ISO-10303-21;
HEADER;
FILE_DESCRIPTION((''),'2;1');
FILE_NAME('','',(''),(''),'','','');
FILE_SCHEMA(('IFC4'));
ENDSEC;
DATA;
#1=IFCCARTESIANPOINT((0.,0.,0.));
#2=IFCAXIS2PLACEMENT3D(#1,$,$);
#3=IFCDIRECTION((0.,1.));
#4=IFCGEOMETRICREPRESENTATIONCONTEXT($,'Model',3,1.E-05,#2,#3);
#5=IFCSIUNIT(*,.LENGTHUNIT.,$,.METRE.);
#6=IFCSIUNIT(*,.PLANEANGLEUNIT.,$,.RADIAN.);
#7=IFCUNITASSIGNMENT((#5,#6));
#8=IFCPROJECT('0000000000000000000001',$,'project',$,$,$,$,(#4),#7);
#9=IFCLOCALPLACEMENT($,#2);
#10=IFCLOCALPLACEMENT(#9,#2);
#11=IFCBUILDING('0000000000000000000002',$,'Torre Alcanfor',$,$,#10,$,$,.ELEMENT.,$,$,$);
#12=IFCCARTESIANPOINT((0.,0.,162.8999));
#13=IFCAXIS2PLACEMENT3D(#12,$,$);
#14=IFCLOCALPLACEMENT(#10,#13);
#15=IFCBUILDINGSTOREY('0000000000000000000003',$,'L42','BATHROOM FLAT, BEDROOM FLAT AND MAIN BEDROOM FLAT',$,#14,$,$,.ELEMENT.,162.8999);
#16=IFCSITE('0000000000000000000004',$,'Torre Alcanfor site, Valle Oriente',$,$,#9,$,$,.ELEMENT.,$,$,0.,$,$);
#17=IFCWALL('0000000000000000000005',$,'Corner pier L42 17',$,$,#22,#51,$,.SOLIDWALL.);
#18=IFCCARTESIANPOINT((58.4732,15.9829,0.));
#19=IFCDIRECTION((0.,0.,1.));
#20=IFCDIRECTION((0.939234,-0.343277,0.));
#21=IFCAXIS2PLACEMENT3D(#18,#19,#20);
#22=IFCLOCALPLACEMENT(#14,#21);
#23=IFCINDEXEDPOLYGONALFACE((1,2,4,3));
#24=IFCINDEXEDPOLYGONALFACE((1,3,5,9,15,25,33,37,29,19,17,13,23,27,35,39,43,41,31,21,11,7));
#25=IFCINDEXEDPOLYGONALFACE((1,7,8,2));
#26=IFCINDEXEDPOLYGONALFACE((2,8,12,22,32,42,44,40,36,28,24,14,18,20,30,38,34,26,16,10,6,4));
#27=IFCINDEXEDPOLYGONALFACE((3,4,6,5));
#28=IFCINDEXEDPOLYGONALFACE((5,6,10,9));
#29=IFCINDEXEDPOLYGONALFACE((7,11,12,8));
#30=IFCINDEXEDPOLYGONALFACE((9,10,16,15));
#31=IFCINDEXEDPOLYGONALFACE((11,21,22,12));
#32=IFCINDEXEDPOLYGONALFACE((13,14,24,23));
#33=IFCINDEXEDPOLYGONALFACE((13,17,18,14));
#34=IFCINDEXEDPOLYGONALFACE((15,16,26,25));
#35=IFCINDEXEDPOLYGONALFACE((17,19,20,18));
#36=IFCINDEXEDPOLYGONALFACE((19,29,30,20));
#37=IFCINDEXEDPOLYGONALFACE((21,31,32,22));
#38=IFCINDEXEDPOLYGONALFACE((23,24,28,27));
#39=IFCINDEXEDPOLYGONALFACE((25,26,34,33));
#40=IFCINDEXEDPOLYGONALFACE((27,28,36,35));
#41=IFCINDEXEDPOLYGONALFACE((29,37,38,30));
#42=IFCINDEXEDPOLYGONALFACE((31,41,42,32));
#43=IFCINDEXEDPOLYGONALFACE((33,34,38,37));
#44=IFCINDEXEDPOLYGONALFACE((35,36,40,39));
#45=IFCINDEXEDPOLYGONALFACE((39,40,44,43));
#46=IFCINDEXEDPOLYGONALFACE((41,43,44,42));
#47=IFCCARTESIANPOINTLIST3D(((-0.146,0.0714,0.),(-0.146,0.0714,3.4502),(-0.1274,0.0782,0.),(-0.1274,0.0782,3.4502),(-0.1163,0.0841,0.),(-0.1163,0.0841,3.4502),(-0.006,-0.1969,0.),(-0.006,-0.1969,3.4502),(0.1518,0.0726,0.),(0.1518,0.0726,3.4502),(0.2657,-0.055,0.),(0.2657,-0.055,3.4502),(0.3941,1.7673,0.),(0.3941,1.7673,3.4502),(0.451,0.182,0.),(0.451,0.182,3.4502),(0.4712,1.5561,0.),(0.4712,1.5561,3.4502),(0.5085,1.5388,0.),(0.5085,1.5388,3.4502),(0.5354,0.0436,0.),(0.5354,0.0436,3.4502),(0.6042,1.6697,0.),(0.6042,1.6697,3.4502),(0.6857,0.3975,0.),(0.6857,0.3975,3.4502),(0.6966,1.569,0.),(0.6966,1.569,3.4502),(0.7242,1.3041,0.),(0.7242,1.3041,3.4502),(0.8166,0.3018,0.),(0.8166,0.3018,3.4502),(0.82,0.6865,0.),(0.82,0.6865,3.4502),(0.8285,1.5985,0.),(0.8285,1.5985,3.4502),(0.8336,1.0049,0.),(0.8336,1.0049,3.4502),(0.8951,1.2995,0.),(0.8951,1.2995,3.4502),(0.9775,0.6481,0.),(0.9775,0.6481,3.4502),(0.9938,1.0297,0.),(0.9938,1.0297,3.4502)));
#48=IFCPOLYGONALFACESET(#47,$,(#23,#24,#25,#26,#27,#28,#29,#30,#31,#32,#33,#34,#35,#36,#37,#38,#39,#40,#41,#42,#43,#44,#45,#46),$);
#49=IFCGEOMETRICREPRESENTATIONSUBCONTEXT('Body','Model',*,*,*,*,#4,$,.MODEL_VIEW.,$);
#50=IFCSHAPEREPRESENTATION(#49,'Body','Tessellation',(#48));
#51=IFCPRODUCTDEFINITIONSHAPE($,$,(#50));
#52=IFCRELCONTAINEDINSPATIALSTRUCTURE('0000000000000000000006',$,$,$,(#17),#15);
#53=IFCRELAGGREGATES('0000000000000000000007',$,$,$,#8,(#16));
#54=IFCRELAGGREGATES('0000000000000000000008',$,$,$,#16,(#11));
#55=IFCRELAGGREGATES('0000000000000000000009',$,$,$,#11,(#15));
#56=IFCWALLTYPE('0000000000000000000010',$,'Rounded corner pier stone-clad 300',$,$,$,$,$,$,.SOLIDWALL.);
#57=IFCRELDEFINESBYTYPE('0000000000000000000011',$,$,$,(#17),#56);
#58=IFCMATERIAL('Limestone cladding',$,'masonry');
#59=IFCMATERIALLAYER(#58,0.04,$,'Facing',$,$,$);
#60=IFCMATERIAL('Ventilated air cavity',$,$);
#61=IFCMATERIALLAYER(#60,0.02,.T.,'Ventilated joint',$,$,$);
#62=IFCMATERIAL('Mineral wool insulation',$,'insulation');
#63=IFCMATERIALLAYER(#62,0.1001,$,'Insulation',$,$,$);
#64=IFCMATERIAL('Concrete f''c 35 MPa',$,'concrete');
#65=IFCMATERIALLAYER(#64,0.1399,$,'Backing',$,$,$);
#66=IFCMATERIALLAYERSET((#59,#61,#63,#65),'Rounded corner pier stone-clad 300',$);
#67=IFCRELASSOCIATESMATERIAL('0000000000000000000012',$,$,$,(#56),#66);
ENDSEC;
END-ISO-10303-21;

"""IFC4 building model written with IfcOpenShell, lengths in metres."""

from ifc_helpers import new_model, si_unit, direction, frame, origin, place, context, subcontext, project, spatial, polyline, outline, extrude, material, layer, layer_set, type_object, element, save


model = new_model("IFC4")

# Units and contexts
model_context = context("Model", 3, precision=1e-05, world=origin(), true_north=direction((0.0, 1.0)))
body_context = subcontext(model_context, "Body", "Model", "MODEL_VIEW")
ifc_project = project(units=[si_unit("LENGTHUNIT", "METRE"), si_unit("PLANEANGLEUNIT", "RADIAN")], contexts=[model_context])

# Site, building, storey
site_placement = place(None, origin())
site = spatial("IfcSite", under=ifc_project, at=site_placement, Name="Torre Alcanfor site, Valle Oriente", CompositionType="ELEMENT", RefElevation=0.0)
building_placement = place(site_placement, origin())
building = spatial("IfcBuilding", under=site, at=building_placement, Name="Torre Alcanfor", CompositionType="ELEMENT")
storey_placement = place(building_placement, frame((0.0, 0.0, 162.8999)))
storey = spatial("IfcBuildingStorey", under=building, at=storey_placement, Name="L42", Description="BATHROOM FLAT, BEDROOM FLAT AND MAIN BEDROOM FLAT", CompositionType="ELEMENT", Elevation=162.8999)

# Wall
ifc_material_1 = material(Name="Limestone cladding", Category="masonry")
ifc_layer_1 = layer(ifc_material_1, 0.04, Name="Facing")
ifc_material_2 = material(Name="Ventilated air cavity")
ifc_layer_2 = layer(ifc_material_2, 0.02, ventilated=True, Name="Ventilated joint")
ifc_material_3 = material(Name="Mineral wool insulation", Category="insulation")
ifc_layer_3 = layer(ifc_material_3, 0.1001, Name="Insulation")
ifc_material_4 = material(Name="Concrete f'c 35 MPa", Category="concrete")
ifc_layer_4 = layer(ifc_material_4, 0.1399, Name="Backing")
ifc_layer_set_1 = layer_set([ifc_layer_1, ifc_layer_2, ifc_layer_3, ifc_layer_4], Name="Rounded corner pier stone-clad 300")
wall_type_1 = type_object("IfcWallType", Name="Rounded corner pier stone-clad 300", PredefinedType="SOLIDWALL", material=ifc_layer_set_1)
wall_1_placement = place(storey_placement, frame((58.4732, 15.9829, 0.0), z_axis=(0.0, 0.0, 1.0), x_axis=(0.939234, -0.343277, 0.0)))
element("IfcWall", 1, at=wall_1_placement, inside=storey, type_object=wall_type_1, Name="Corner pier L42 17", PredefinedType="SOLIDWALL", context=body_context, shape_type="SweptSolid", body=[
    extrude(outline(polyline([(0.8285, 1.5985), (0.6966, 1.569), (0.6042, 1.6697), (0.3941, 1.7673), (0.4712, 1.5561), (0.5085, 1.5388), (0.7242, 1.3041), (0.8336, 1.0049), (0.82, 0.6865), (0.6857, 0.3975), (0.451, 0.182), (0.1518, 0.0726), (-0.1163, 0.0841), (-0.1274, 0.0782), (-0.146, 0.0714), (-0.006, -0.1969), (0.2657, -0.055), (0.5354, 0.0436), (0.8166, 0.3018), (0.9775, 0.6481), (0.9938, 1.0297), (0.8951, 1.2995), (0.8285, 1.5985)])), origin(), (0.0, 0.0, 1.0), 3.4502),
])

save(model, "model.ifc")
